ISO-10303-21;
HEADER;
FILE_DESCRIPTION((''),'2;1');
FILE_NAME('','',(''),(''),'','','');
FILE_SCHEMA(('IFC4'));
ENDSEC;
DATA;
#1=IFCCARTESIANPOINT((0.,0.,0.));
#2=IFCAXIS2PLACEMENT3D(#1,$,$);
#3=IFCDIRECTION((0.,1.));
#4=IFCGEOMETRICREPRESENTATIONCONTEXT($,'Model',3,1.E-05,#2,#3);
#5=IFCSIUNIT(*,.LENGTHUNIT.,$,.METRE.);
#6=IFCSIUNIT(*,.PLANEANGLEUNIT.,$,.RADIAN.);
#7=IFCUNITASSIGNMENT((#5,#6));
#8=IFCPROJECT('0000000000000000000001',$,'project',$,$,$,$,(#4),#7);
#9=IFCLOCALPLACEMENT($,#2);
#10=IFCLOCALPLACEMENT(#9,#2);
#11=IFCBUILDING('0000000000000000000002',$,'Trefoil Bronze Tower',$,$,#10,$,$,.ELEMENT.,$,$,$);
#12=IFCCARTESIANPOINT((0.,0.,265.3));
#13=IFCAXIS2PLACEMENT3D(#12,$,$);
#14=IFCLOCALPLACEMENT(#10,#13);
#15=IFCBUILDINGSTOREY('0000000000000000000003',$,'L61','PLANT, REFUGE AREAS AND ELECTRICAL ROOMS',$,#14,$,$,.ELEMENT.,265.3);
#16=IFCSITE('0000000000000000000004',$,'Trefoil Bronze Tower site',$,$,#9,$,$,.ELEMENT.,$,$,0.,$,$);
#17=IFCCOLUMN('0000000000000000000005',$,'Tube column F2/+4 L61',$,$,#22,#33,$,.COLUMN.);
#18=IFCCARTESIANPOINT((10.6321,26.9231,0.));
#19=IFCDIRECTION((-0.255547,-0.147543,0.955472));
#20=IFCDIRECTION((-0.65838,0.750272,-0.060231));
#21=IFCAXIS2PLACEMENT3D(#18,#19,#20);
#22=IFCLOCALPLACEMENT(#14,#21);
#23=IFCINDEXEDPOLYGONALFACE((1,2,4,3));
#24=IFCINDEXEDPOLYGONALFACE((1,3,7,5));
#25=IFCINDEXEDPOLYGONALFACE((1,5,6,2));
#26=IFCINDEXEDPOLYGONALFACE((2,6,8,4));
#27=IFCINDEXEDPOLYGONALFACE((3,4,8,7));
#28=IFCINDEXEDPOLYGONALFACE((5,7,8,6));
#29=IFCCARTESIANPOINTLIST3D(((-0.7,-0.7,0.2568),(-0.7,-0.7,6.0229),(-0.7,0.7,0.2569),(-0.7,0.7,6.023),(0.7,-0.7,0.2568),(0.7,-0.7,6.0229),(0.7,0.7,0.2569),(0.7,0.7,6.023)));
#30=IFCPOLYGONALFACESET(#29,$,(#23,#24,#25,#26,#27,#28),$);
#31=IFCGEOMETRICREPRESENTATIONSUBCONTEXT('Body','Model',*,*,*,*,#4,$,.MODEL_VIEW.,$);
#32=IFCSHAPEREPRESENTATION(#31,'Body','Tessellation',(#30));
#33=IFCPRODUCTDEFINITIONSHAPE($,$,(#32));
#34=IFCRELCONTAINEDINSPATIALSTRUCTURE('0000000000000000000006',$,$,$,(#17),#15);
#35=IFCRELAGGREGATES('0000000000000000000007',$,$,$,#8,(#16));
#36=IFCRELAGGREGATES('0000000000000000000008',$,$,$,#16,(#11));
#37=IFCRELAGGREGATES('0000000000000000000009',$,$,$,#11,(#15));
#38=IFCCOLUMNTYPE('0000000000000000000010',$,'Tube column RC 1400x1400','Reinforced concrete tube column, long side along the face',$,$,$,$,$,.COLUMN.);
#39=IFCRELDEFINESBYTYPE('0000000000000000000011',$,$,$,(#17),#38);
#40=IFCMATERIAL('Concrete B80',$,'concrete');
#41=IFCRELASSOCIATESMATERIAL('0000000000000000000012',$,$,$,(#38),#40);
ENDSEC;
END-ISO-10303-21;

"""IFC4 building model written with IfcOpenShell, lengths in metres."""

from ifc_helpers import new_model, si_unit, direction, frame, origin, origin_2d, place, context, subcontext, project, spatial, rectangle, extrude, clip, halfspace, material, material_profile, profile_set, type_object, element, save


model = new_model("IFC4")

# Units and contexts
model_context = context("Model", 3, precision=1e-05, world=origin(), true_north=direction((0.0, 1.0)))
body_context = subcontext(model_context, "Body", "Model", "MODEL_VIEW")
ifc_project = project(units=[si_unit("LENGTHUNIT", "METRE"), si_unit("PLANEANGLEUNIT", "RADIAN")], contexts=[model_context])

# Site, building, storey
site_placement = place(None, origin())
site = spatial("IfcSite", under=ifc_project, at=site_placement, Name="Trefoil Bronze Tower site", CompositionType="ELEMENT", RefElevation=0.0)
building_placement = place(site_placement, origin())
building = spatial("IfcBuilding", under=site, at=building_placement, Name="Trefoil Bronze Tower", CompositionType="ELEMENT")
storey_placement = place(building_placement, frame((0.0, 0.0, 265.3)))
storey = spatial("IfcBuildingStorey", under=building, at=storey_placement, Name="L61", Description="PLANT, REFUGE AREAS AND ELECTRICAL ROOMS", CompositionType="ELEMENT", Elevation=265.3)

# Column
ifc_material_1 = material(Name="Concrete B80", Category="concrete")
ifc_material_profile_1 = material_profile(ifc_material_1, rectangle(XDim=1.3999, YDim=1.3999, at=origin_2d()), Name="RC 1400x1400")
ifc_profile_set_1 = profile_set([ifc_material_profile_1], Name="Concrete B80")
column_type = type_object("IfcColumnType", Name="Tube column RC 1400x1400", Description="Reinforced concrete tube column, long side along the face", PredefinedType="COLUMN", material=ifc_profile_set_1)
column_placement = place(storey_placement, frame((10.6321, 26.9231, 0.0), z_axis=(-0.255547, -0.147543, 0.955472), x_axis=(-0.65838, 0.750272, -0.060231)))
element("IfcColumn", 1, at=column_placement, inside=storey, type_object=column_type, Name="Tube column F2/+4 L61", PredefinedType="COLUMN", context=body_context, shape_type="Clipping", body=[
    clip(clip(extrude(rectangle(XDim=1.3999, YDim=1.3999, at=origin_2d()), origin(), (0.0, 0.0, 1.0), 6.2795), halfspace(frame((0.0, 0.0002, 0.2568), z_axis=(-0.000003, -0.000025, 1.0), x_axis=(0.0, 1.0, 0.000025)), True)), halfspace(frame((0.0, 0.0, 6.0229), z_axis=(0.000003, 0.000025, -1.0), x_axis=(0.0, -1.0, -0.000025)), True)),
])

save(model, "model.ifc")
